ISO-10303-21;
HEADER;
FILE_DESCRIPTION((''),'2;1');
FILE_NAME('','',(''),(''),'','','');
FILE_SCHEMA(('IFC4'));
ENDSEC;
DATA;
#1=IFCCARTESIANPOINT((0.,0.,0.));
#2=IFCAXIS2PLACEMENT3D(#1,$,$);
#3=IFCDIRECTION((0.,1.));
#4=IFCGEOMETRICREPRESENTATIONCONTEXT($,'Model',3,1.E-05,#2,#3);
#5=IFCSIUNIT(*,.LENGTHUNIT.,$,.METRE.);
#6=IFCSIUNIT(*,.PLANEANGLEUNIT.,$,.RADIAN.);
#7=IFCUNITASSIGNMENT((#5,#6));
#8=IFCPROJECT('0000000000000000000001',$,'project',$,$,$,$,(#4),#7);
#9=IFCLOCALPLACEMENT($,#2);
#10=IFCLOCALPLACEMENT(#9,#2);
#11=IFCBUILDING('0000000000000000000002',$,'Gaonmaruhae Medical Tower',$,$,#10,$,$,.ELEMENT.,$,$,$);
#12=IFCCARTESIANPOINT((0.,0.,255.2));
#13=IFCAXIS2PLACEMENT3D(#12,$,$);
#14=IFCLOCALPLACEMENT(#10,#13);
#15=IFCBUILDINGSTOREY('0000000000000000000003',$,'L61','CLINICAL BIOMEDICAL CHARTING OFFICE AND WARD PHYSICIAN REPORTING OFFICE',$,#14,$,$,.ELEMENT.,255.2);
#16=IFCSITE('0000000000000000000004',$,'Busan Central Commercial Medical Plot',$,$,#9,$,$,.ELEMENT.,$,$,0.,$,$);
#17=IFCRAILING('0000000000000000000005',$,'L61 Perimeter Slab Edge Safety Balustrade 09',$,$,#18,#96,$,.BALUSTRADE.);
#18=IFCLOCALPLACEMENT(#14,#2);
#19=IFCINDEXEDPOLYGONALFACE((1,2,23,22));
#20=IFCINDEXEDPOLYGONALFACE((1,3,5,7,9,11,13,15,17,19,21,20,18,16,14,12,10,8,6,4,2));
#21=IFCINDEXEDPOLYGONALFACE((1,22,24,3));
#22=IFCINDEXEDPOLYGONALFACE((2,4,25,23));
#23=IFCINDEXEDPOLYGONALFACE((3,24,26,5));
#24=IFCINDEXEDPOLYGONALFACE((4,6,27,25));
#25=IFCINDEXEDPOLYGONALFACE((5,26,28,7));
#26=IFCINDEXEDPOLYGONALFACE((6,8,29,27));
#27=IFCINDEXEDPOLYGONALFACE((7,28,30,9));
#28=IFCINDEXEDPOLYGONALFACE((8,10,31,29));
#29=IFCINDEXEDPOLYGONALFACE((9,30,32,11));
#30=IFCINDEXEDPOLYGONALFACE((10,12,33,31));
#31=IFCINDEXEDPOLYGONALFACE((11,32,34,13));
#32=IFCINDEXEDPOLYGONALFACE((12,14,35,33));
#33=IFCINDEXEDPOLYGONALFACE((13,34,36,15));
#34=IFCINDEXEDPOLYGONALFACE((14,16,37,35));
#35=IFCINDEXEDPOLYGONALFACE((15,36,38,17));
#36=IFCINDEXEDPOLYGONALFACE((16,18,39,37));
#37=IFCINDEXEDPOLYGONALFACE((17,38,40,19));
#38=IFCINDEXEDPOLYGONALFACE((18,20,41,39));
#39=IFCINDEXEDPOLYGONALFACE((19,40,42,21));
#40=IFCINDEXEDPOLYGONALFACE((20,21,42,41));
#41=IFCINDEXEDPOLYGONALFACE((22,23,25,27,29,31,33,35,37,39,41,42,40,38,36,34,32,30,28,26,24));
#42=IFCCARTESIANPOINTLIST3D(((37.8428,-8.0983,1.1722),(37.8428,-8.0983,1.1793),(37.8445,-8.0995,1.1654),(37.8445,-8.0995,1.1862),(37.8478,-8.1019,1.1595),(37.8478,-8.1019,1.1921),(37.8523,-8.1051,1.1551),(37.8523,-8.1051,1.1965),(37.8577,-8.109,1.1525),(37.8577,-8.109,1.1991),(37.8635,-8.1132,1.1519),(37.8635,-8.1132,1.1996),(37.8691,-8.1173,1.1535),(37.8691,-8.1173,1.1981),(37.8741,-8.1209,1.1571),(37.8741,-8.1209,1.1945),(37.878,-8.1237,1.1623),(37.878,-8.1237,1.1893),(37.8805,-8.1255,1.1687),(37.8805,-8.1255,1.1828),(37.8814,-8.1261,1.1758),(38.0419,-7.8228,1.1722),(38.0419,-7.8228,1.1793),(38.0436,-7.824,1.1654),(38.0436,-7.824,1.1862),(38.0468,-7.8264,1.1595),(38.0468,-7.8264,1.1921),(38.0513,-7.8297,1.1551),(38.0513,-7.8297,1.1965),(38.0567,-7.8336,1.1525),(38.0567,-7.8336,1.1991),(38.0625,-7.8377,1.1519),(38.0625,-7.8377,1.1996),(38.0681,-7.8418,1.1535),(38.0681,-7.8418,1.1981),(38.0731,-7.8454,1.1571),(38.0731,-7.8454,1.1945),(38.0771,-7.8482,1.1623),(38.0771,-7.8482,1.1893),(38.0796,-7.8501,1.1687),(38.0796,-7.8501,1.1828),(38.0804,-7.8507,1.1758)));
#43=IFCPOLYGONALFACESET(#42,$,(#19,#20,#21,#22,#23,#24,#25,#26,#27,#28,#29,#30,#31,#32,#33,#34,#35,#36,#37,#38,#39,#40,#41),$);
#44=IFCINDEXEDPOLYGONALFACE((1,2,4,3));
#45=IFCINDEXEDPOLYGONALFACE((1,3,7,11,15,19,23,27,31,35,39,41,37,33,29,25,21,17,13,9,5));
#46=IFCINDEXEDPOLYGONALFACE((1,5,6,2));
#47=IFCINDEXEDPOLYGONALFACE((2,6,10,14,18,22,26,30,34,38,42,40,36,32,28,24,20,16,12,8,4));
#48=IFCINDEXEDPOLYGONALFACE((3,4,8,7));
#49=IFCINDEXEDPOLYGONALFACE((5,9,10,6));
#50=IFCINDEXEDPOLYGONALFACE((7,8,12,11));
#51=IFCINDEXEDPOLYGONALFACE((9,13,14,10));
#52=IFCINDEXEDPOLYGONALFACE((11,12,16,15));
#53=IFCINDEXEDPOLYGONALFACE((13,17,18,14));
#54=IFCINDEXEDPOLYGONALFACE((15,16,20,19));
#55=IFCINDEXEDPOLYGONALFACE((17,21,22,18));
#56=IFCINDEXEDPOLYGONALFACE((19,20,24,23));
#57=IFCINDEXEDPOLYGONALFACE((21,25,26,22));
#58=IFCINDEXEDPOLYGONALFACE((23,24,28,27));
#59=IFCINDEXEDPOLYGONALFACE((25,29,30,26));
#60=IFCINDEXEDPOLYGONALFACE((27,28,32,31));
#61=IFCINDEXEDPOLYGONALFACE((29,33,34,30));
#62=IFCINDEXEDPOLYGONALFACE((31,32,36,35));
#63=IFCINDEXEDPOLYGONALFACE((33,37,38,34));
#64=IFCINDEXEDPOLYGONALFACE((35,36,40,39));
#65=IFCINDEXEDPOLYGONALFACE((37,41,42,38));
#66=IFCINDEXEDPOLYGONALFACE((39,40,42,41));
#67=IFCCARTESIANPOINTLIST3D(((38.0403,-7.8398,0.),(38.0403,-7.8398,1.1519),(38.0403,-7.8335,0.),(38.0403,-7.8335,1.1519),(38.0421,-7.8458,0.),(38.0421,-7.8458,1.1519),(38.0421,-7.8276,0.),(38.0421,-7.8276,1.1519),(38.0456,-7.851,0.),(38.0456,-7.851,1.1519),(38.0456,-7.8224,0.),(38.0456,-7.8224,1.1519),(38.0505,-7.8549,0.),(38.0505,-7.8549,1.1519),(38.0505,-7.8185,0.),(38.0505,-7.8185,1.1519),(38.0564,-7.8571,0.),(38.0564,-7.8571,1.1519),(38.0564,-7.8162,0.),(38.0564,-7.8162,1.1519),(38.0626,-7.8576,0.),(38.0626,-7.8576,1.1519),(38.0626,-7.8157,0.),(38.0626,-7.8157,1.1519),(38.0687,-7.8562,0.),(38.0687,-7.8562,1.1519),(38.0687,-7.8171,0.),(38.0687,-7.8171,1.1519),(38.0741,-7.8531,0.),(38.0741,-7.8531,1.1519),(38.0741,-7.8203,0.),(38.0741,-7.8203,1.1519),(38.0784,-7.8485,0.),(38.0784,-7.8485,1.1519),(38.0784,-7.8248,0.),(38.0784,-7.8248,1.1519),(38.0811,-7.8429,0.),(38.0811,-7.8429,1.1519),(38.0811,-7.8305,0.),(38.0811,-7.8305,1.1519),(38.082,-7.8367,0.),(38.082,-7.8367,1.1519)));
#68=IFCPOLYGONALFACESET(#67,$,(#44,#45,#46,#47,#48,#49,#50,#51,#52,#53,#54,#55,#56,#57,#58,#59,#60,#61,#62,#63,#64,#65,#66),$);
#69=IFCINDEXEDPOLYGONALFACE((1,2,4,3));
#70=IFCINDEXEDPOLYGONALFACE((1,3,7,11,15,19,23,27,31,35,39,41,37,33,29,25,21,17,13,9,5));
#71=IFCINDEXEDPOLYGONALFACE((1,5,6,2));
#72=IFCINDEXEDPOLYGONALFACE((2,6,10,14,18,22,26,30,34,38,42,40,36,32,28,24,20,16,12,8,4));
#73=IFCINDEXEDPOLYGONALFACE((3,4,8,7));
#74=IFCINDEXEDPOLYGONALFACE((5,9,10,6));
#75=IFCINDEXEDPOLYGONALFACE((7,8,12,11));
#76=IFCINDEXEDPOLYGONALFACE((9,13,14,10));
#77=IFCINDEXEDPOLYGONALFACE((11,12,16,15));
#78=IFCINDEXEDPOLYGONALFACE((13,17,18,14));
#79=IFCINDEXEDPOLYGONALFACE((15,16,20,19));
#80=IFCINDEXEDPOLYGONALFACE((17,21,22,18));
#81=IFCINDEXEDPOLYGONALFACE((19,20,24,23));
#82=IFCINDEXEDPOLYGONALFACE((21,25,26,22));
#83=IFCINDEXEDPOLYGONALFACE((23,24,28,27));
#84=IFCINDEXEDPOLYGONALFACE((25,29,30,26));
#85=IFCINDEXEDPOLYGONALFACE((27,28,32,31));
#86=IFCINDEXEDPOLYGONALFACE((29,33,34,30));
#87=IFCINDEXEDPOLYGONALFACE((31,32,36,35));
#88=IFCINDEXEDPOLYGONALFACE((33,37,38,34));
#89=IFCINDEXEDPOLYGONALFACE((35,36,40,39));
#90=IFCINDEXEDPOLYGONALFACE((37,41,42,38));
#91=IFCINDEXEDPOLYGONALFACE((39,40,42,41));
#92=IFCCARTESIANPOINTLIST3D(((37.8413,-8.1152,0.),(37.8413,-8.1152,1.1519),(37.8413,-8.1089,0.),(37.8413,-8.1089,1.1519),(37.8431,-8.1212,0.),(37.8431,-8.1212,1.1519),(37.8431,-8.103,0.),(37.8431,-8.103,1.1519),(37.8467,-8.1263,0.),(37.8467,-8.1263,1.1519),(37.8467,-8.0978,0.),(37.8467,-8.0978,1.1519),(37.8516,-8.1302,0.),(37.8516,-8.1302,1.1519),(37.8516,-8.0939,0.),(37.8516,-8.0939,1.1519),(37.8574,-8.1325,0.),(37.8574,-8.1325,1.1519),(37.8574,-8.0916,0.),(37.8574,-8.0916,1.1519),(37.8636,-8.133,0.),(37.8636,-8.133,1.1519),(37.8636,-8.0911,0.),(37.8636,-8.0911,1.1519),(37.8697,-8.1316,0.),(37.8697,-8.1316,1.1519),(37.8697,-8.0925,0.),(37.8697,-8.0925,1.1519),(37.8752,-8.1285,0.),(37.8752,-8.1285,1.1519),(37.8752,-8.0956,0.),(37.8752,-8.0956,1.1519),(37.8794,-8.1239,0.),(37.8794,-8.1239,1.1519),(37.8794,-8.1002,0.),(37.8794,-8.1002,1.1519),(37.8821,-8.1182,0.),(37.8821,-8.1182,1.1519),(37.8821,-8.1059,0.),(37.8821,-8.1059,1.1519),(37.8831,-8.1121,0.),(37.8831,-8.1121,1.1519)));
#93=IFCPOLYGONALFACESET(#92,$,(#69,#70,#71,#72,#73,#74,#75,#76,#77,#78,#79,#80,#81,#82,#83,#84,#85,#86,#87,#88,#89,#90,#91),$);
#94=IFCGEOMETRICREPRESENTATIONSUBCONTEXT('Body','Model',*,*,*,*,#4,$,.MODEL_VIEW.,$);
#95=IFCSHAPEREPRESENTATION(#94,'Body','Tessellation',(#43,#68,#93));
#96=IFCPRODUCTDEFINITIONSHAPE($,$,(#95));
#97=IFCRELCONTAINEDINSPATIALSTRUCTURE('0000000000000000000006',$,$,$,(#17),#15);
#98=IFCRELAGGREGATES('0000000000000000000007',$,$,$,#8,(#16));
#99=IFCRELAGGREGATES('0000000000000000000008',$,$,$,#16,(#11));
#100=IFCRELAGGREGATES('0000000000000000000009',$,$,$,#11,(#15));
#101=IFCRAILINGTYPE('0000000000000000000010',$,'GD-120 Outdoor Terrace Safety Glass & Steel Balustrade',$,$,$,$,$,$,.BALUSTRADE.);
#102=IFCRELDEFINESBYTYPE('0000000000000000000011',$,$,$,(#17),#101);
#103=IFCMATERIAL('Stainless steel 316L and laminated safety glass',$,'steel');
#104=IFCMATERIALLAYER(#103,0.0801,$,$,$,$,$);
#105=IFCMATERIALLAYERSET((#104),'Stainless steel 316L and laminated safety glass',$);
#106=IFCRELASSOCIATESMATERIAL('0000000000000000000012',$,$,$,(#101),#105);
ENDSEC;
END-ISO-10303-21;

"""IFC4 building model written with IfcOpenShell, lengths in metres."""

from ifc_helpers import new_model, si_unit, direction, frame, origin, origin_2d, place, context, subcontext, project, spatial, circle, extrude, material, layer, layer_set, type_object, element, save


model = new_model("IFC4")

# Units and contexts
model_context = context("Model", 3, precision=1e-05, world=origin(), true_north=direction((0.0, 1.0)))
body_context = subcontext(model_context, "Body", "Model", "MODEL_VIEW")
ifc_project = project(units=[si_unit("LENGTHUNIT", "METRE"), si_unit("PLANEANGLEUNIT", "RADIAN")], contexts=[model_context])

# Site, building, storey
site_placement = place(None, origin())
site = spatial("IfcSite", under=ifc_project, at=site_placement, Name="Busan Central Commercial Medical Plot", CompositionType="ELEMENT", RefElevation=0.0)
building_placement = place(site_placement, origin())
building = spatial("IfcBuilding", under=site, at=building_placement, Name="Gaonmaruhae Medical Tower", CompositionType="ELEMENT")
storey_placement = place(building_placement, frame((0.0, 0.0, 255.2)))
storey = spatial("IfcBuildingStorey", under=building, at=storey_placement, Name="L61", Description="CLINICAL BIOMEDICAL CHARTING OFFICE AND WARD PHYSICIAN REPORTING OFFICE", CompositionType="ELEMENT", Elevation=255.2)

# Railing
ifc_material_1 = material(Name="Stainless steel 316L and laminated safety glass", Category="steel")
ifc_layer_1 = layer(ifc_material_1, 0.0801)
ifc_layer_set_1 = layer_set([ifc_layer_1], Name="Stainless steel 316L and laminated safety glass")
railing_type = type_object("IfcRailingType", Name="GD-120 Outdoor Terrace Safety Glass & Steel Balustrade", PredefinedType="BALUSTRADE", material=ifc_layer_set_1)
for number, where, name in (
    (1, (38.061, -7.8367, 0.0), "L61 Perimeter Slab Edge Safety Balustrade 09"),
):
    element("IfcRailing", number, at=place(storey_placement, frame(where)), inside=storey, type_object=railing_type, Name=name, PredefinedType="BALUSTRADE", context=body_context, shape_type="SweptSolid", body=[
        extrude(circle(Radius=0.0239, at=origin_2d()), frame((0.0, 0.0, 1.1758), z_axis=(-0.585648, -0.810566, 0.0), x_axis=(0.810566, -0.585648, 0.0)), (0.0, 0.0, 1.0), 0.3398),
        extrude(circle(Radius=0.021, at=origin_2d()), origin(), (0.0, 0.0, 1.0), 1.1519),
        extrude(circle(Radius=0.021, at=origin_2d()), frame((-0.199, -0.2754, 0.0)), (0.0, 0.0, 1.0), 1.1519),
    ])

save(model, "model.ifc")
